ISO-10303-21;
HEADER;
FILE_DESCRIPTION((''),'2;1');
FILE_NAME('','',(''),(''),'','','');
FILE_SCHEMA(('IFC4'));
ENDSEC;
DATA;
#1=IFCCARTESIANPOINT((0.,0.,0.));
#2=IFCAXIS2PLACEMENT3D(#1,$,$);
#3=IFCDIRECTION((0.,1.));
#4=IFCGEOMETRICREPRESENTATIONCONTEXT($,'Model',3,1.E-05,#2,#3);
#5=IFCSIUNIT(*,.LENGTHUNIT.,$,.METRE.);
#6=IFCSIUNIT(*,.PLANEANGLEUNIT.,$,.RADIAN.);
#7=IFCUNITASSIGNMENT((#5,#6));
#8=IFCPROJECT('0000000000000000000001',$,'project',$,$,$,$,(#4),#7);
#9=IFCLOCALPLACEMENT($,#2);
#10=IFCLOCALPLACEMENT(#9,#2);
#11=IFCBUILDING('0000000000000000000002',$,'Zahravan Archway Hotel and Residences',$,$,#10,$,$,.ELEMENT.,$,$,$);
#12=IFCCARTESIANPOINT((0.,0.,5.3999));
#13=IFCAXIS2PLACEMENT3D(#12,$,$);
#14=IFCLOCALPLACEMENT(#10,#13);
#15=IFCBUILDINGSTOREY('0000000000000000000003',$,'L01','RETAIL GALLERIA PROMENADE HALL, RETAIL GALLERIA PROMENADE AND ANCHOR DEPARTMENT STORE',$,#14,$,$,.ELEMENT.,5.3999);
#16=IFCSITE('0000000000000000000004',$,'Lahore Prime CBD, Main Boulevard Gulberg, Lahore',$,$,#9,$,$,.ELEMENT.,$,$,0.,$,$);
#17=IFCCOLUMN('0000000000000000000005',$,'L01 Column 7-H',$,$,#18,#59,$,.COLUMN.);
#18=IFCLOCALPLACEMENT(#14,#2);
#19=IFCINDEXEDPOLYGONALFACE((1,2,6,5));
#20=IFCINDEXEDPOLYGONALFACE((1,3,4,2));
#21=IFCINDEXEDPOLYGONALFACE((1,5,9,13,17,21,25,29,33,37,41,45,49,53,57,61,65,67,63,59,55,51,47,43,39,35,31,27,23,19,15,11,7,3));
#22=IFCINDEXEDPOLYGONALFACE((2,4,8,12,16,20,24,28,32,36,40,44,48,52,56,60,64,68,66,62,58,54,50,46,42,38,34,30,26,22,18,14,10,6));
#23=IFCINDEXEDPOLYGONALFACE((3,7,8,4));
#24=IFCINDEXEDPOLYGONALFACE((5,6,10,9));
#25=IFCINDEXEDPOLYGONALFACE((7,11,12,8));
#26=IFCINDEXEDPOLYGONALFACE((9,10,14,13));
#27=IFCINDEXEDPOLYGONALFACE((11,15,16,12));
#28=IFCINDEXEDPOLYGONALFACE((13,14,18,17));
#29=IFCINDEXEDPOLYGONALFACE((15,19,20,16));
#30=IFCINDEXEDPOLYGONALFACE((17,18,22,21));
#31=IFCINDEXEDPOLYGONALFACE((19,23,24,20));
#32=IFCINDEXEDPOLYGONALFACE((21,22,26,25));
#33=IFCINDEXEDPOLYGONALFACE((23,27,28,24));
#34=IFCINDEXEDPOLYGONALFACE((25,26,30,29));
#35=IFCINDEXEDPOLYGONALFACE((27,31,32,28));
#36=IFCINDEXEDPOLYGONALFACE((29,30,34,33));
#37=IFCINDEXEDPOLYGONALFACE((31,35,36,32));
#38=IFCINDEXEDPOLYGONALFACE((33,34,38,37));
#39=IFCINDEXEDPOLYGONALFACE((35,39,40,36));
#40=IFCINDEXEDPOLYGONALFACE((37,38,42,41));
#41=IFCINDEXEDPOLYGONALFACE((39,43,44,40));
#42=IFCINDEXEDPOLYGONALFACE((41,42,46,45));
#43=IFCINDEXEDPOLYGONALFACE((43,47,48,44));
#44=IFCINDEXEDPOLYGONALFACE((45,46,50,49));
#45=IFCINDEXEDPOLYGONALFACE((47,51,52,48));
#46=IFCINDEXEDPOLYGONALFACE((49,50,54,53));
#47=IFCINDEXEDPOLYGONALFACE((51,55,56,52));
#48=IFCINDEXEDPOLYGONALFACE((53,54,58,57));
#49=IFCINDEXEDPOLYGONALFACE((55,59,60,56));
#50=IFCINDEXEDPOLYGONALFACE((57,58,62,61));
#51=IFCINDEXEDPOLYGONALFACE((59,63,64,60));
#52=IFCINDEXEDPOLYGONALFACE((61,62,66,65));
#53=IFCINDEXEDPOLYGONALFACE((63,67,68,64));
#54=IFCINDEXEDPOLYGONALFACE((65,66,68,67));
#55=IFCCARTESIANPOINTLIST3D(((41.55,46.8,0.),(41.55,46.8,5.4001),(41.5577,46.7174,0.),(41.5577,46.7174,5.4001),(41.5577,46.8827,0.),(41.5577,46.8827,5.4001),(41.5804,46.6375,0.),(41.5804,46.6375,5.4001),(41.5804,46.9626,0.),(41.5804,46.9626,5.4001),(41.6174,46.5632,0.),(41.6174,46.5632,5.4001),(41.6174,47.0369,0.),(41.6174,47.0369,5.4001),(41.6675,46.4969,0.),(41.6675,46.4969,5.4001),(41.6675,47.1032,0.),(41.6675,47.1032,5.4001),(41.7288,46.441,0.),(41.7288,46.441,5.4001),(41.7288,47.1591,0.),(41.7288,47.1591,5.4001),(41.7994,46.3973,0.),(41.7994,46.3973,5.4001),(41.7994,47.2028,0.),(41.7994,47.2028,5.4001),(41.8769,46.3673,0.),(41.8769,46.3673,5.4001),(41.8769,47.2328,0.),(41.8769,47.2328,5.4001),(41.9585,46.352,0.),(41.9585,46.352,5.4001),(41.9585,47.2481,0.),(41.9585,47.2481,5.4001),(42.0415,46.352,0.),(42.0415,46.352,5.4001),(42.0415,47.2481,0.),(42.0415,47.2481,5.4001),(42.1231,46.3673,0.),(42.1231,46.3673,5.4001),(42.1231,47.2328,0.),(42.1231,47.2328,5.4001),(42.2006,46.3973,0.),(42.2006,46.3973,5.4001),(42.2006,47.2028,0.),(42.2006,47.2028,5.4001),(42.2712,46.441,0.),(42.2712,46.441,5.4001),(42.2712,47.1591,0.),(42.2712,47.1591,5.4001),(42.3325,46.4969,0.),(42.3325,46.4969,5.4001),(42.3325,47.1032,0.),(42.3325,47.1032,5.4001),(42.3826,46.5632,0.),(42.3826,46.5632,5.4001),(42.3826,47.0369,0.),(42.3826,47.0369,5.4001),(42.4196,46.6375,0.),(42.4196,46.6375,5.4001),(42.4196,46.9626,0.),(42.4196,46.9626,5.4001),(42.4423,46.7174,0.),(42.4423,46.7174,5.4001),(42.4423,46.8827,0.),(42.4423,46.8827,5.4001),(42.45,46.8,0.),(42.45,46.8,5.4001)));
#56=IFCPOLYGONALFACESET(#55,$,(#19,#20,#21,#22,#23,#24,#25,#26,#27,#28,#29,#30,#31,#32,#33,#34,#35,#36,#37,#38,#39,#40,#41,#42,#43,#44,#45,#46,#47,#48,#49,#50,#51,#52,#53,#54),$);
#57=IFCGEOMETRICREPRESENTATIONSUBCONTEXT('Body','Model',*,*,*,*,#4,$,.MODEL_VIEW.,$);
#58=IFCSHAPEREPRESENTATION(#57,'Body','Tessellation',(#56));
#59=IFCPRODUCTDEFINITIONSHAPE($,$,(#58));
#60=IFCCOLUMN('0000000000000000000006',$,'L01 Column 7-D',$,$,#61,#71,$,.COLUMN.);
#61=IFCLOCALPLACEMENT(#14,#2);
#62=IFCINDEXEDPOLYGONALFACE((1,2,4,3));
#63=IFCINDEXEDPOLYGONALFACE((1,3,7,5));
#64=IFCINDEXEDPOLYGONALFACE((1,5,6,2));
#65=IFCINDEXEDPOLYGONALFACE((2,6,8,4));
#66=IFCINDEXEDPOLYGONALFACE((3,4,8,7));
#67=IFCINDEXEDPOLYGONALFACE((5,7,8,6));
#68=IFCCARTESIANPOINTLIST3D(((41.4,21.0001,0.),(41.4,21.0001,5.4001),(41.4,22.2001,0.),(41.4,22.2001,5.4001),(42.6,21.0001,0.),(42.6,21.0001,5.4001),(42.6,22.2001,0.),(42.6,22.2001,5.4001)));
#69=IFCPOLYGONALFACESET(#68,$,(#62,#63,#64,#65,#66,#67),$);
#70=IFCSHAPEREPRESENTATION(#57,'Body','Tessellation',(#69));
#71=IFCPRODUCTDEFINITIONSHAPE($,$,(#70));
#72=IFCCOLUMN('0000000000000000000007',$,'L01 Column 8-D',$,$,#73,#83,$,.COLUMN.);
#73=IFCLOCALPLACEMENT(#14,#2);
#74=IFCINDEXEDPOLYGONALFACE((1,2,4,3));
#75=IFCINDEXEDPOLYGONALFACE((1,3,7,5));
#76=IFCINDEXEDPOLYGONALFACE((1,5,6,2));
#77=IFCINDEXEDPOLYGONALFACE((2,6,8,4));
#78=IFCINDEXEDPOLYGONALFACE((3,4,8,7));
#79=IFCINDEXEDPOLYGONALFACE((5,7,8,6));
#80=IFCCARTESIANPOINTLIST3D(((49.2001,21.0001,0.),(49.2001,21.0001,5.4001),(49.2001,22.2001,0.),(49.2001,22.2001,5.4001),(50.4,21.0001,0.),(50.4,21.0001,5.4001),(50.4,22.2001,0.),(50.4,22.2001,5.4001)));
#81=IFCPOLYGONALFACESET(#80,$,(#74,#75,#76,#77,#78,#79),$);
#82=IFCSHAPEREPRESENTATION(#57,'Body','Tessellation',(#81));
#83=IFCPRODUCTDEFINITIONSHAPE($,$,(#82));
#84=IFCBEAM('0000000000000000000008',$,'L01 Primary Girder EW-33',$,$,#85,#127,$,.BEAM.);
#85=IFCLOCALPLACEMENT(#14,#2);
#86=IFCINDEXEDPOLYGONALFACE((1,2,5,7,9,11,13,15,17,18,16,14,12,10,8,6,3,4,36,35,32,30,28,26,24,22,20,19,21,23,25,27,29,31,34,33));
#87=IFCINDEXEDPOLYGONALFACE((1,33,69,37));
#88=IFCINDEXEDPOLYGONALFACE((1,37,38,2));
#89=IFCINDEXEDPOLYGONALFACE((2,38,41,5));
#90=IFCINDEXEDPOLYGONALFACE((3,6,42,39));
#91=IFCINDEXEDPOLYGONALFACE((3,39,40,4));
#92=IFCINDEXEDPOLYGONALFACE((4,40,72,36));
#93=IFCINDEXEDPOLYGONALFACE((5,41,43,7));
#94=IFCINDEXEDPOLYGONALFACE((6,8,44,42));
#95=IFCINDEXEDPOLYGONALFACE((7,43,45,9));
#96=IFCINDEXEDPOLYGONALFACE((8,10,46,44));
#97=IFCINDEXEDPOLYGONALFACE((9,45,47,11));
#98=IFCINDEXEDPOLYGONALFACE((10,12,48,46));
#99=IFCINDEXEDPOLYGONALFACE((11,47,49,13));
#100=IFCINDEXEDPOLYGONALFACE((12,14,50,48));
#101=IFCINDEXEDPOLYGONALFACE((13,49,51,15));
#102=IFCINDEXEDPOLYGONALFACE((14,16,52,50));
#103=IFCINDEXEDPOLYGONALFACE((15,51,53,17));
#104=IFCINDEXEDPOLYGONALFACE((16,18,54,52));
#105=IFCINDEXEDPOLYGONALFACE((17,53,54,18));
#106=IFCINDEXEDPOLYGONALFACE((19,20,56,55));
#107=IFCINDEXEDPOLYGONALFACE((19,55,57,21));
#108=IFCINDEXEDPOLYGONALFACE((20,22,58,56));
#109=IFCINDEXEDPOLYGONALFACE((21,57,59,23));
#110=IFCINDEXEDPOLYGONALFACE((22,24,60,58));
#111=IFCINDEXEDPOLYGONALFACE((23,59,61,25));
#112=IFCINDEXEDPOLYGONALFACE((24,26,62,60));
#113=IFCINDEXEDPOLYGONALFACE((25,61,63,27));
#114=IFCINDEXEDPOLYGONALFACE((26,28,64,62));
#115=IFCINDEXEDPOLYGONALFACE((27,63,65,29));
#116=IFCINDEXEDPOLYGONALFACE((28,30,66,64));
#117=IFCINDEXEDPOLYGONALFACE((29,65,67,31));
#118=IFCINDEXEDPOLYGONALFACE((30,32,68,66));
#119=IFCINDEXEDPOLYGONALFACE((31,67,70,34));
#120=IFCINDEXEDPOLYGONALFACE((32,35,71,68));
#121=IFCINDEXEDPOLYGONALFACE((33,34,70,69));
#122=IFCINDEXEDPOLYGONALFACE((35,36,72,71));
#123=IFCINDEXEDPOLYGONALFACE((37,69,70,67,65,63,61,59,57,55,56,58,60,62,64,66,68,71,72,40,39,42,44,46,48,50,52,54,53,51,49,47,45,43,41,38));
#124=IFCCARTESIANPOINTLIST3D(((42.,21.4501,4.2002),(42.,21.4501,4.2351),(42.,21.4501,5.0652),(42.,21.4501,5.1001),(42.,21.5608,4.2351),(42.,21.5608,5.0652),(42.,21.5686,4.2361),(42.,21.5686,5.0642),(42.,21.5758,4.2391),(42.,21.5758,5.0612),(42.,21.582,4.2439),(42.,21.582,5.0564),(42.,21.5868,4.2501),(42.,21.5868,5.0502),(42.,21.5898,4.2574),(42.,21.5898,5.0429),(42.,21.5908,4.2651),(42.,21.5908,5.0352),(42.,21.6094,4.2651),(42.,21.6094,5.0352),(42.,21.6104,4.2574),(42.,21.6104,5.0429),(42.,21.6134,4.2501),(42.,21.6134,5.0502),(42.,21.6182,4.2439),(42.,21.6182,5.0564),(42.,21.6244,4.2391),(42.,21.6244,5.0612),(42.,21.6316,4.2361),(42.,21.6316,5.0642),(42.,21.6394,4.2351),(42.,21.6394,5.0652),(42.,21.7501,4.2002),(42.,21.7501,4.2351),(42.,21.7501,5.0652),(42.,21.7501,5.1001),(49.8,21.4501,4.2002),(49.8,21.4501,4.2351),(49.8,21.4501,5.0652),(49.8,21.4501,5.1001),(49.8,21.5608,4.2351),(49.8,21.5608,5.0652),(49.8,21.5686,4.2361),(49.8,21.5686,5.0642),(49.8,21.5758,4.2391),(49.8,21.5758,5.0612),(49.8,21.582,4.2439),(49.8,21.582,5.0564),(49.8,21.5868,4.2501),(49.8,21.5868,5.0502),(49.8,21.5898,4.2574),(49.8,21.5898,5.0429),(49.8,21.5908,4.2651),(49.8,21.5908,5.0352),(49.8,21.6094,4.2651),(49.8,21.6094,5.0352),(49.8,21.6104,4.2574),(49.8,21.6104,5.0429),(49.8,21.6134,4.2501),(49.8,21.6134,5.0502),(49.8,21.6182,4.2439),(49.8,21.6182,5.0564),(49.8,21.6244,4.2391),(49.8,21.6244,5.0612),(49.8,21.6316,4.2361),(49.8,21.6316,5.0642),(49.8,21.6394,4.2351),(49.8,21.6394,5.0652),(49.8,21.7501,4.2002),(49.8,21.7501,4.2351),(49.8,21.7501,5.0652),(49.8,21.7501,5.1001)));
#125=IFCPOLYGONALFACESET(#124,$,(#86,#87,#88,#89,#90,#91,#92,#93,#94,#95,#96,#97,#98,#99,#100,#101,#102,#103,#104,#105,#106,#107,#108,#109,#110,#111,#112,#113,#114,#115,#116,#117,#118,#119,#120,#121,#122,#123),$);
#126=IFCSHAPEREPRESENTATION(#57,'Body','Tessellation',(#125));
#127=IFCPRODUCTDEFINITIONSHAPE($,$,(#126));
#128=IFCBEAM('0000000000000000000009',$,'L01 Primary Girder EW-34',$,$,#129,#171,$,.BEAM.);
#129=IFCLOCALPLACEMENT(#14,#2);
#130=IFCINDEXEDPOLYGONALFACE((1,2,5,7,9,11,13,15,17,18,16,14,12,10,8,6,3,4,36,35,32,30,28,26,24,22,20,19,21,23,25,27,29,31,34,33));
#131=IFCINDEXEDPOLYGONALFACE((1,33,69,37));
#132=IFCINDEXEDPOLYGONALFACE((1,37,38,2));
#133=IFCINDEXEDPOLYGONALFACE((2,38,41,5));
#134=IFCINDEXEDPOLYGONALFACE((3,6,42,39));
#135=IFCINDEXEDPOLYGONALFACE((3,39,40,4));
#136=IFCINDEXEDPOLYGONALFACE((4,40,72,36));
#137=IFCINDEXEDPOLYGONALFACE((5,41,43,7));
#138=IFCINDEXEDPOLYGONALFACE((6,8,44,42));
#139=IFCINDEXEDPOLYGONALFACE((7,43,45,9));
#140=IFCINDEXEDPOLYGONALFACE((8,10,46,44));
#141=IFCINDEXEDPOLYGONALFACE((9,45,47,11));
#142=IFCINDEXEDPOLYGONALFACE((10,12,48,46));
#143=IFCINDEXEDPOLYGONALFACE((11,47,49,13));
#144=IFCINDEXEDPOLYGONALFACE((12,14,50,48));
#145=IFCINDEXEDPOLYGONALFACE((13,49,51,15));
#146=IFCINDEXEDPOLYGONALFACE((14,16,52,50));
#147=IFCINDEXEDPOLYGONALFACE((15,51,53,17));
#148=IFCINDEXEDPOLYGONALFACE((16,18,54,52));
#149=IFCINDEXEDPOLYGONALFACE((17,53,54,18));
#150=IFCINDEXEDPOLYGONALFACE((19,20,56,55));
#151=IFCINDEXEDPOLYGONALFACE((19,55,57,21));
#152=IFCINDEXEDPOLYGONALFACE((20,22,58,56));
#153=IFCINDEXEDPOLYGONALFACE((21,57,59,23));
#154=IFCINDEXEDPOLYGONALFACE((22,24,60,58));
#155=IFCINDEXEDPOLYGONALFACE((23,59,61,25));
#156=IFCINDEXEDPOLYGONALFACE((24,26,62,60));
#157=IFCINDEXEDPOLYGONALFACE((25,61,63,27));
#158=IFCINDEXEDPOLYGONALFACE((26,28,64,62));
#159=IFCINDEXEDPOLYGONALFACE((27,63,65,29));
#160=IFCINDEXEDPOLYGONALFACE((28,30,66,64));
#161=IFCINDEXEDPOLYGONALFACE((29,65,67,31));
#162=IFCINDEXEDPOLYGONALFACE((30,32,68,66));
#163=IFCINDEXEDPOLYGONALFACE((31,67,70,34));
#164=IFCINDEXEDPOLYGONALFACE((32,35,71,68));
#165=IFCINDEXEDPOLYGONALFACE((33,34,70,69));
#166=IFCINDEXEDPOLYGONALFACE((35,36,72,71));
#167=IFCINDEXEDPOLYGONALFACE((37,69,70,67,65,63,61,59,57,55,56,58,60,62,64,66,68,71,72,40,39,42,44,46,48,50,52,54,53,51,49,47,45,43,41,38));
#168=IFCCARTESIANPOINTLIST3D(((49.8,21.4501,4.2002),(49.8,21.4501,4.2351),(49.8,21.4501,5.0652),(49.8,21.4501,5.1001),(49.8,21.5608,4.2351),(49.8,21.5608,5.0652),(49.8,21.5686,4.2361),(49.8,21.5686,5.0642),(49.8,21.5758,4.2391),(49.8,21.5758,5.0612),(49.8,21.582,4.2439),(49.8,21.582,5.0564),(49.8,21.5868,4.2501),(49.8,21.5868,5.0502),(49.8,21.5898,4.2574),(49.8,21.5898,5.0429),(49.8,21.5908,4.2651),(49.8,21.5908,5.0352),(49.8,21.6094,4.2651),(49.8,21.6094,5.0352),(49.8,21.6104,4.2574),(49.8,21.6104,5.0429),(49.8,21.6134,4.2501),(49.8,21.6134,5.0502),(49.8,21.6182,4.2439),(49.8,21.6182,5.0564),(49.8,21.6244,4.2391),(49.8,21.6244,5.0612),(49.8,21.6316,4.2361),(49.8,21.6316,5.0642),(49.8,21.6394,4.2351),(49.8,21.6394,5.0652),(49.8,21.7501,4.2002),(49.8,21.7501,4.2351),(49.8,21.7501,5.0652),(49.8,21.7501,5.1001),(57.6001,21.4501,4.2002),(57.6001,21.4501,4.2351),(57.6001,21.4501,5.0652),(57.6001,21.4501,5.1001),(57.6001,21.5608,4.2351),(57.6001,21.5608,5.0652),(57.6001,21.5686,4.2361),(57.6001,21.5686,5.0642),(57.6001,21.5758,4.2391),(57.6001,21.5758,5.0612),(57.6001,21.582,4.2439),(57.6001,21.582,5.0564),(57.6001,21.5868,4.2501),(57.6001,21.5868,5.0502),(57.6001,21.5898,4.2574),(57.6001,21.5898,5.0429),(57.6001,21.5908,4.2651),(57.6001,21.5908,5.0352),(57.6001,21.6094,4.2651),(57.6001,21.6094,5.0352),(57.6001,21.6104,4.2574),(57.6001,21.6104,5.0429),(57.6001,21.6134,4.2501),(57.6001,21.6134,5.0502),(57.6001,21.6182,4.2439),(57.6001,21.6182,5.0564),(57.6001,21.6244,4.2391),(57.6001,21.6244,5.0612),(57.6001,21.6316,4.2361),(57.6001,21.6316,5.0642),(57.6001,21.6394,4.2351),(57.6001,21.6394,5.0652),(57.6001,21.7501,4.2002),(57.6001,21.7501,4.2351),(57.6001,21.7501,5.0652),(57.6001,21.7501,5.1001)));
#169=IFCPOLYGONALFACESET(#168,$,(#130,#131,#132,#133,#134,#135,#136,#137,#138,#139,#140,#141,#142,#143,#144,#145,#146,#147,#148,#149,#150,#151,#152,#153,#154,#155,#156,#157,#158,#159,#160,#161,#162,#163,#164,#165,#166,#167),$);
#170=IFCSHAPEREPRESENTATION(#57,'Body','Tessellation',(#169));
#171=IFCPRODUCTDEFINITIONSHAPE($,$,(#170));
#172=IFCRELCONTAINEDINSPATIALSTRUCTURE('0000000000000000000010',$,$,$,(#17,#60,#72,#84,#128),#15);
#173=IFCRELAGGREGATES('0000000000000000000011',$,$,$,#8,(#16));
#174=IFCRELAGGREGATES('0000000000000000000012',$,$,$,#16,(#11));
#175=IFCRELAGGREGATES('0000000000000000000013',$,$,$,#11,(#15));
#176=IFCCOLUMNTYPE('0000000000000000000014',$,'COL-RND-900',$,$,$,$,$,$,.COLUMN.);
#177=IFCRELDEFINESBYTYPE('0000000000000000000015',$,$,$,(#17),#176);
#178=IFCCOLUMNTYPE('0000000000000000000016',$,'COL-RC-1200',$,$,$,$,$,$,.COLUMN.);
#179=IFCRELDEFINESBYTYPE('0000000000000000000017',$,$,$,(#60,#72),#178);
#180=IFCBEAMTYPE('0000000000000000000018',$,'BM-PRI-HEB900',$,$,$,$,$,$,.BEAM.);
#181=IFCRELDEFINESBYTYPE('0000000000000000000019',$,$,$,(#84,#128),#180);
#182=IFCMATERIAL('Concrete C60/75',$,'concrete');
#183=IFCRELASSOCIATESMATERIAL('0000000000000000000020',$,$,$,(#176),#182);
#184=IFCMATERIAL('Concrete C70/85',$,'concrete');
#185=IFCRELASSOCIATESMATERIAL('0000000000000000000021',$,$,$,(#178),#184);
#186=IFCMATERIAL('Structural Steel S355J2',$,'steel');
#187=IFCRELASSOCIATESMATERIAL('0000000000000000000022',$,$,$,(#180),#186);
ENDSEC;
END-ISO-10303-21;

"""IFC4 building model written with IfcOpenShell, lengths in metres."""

from ifc_helpers import new_model, si_unit, direction, frame, origin, origin_2d, place, context, subcontext, project, spatial, rectangle, circle, i_section, extrude, source, transform, mapped, material, material_profile, profile_set, type_object, element, save


model = new_model("IFC4")

# Units and contexts
model_context = context("Model", 3, precision=1e-05, world=origin(), true_north=direction((0.0, 1.0)))
body_context = subcontext(model_context, "Body", "Model", "MODEL_VIEW")
ifc_project = project(units=[si_unit("LENGTHUNIT", "METRE"), si_unit("PLANEANGLEUNIT", "RADIAN")], contexts=[model_context])

# Site, building, storey
site_placement = place(None, origin())
site = spatial("IfcSite", under=ifc_project, at=site_placement, Name="Lahore Prime CBD, Main Boulevard Gulberg, Lahore", CompositionType="ELEMENT", RefElevation=0.0)
building_placement = place(site_placement, origin())
building = spatial("IfcBuilding", under=site, at=building_placement, Name="Zahravan Archway Hotel and Residences", CompositionType="ELEMENT")
storey_placement = place(building_placement, frame((0.0, 0.0, 5.3999)))
storey = spatial("IfcBuildingStorey", under=building, at=storey_placement, Name="L01", Description="RETAIL GALLERIA PROMENADE HALL, RETAIL GALLERIA PROMENADE AND ANCHOR DEPARTMENT STORE", CompositionType="ELEMENT", Elevation=5.3999)

# Columns
ifc_material_1 = material(Name="Concrete C60/75", Category="concrete")
ifc_material_profile_1 = material_profile(ifc_material_1, circle(Radius=0.45, at=origin_2d()), Name="RC-CIRC-900", Category="concrete")
ifc_profile_set_1 = profile_set([ifc_material_profile_1], Name="Concrete C60/75")
column_type_1 = type_object("IfcColumnType", Name="COL-RND-900", PredefinedType="COLUMN", material=ifc_profile_set_1)
shared_shape_1 = source(origin(), body_context, "Body", "SweptSolid", [
    extrude(circle(Radius=0.45, at=origin_2d()), origin(), (0.0, 0.0, 1.0), 5.4001),
])
column_placement = place(storey_placement, frame((42.0, 46.8, 0.0), z_axis=(0.0, 0.0, 1.0), x_axis=(1.0, 0.0, 0.0)))
element("IfcColumn", 1, at=column_placement, inside=storey, type_object=column_type_1, Name="L01 Column 7-H", PredefinedType="COLUMN", context=body_context, shape_type="MappedRepresentation", body=[
    mapped(shared_shape_1, transform((0.0, 0.0, 0.0), scale=1.0)),
])
ifc_material_2 = material(Name="Concrete C70/85", Category="concrete")
ifc_material_profile_2 = material_profile(ifc_material_2, rectangle(XDim=1.2, YDim=1.2, at=origin_2d()), Name="RC-COL-1200x1200", Category="concrete")
ifc_profile_set_2 = profile_set([ifc_material_profile_2], Name="Concrete C70/85")
column_type_2 = type_object("IfcColumnType", Name="COL-RC-1200", PredefinedType="COLUMN", material=ifc_profile_set_2)
shared_shape_2 = source(origin(), body_context, "Body", "SweptSolid", [
    extrude(rectangle(XDim=1.2, YDim=1.2, at=origin_2d()), origin(), (0.0, 0.0, 1.0), 5.4001),
])
for number, where, z_axis, x_axis, name in (
    (2, (42.0, 21.6001, 0.0), (0.0, 0.0, 1.0), (1.0, 0.0, 0.0), "L01 Column 7-D"),
    (3, (49.8, 21.6001, 0.0), (0.0, 0.0, 1.0), (1.0, 0.0, 0.0), "L01 Column 8-D"),
):
    element("IfcColumn", number, at=place(storey_placement, frame(where, z_axis=z_axis, x_axis=x_axis)), inside=storey, type_object=column_type_2, Name=name, PredefinedType="COLUMN", context=body_context, shape_type="MappedRepresentation", body=[
        mapped(shared_shape_2, transform((0.0, 0.0, 0.0), scale=1.0)),
    ])

# Beams
ifc_material_3 = material(Name="Structural Steel S355J2", Category="steel")
ifc_material_profile_3 = material_profile(ifc_material_3, i_section(OverallWidth=0.3, OverallDepth=0.8999, WebThickness=0.0186, FlangeThickness=0.0349, FilletRadius=0.03, at=origin_2d()), Name="HEB 900", Category="steel")
ifc_profile_set_3 = profile_set([ifc_material_profile_3], Name="Structural Steel S355J2")
beam_type_1 = type_object("IfcBeamType", Name="BM-PRI-HEB900", PredefinedType="BEAM", material=ifc_profile_set_3)
shared_shape_3 = source(origin(), body_context, "Body", "SweptSolid", [
    extrude(i_section(OverallWidth=0.3, OverallDepth=0.8999, WebThickness=0.0186, FlangeThickness=0.0349, FilletRadius=0.03, at=origin_2d()), origin(), (0.0, 0.0, 1.0), 7.8),
])
for number, where, z_axis, x_axis, name in (
    (4, (42.0, 21.6001, 4.6501), (1.0, 0.0, 0.0), (0.0, 1.0, 0.0), "L01 Primary Girder EW-33"),
    (5, (49.8, 21.6001, 4.6501), (1.0, 0.0, 0.0), (0.0, 1.0, 0.0), "L01 Primary Girder EW-34"),
):
    element("IfcBeam", number, at=place(storey_placement, frame(where, z_axis=z_axis, x_axis=x_axis)), inside=storey, type_object=beam_type_1, Name=name, PredefinedType="BEAM", context=body_context, shape_type="MappedRepresentation", body=[
        mapped(shared_shape_3, transform((0.0, 0.0, 0.0), scale=1.0)),
    ])

save(model, "model.ifc")
